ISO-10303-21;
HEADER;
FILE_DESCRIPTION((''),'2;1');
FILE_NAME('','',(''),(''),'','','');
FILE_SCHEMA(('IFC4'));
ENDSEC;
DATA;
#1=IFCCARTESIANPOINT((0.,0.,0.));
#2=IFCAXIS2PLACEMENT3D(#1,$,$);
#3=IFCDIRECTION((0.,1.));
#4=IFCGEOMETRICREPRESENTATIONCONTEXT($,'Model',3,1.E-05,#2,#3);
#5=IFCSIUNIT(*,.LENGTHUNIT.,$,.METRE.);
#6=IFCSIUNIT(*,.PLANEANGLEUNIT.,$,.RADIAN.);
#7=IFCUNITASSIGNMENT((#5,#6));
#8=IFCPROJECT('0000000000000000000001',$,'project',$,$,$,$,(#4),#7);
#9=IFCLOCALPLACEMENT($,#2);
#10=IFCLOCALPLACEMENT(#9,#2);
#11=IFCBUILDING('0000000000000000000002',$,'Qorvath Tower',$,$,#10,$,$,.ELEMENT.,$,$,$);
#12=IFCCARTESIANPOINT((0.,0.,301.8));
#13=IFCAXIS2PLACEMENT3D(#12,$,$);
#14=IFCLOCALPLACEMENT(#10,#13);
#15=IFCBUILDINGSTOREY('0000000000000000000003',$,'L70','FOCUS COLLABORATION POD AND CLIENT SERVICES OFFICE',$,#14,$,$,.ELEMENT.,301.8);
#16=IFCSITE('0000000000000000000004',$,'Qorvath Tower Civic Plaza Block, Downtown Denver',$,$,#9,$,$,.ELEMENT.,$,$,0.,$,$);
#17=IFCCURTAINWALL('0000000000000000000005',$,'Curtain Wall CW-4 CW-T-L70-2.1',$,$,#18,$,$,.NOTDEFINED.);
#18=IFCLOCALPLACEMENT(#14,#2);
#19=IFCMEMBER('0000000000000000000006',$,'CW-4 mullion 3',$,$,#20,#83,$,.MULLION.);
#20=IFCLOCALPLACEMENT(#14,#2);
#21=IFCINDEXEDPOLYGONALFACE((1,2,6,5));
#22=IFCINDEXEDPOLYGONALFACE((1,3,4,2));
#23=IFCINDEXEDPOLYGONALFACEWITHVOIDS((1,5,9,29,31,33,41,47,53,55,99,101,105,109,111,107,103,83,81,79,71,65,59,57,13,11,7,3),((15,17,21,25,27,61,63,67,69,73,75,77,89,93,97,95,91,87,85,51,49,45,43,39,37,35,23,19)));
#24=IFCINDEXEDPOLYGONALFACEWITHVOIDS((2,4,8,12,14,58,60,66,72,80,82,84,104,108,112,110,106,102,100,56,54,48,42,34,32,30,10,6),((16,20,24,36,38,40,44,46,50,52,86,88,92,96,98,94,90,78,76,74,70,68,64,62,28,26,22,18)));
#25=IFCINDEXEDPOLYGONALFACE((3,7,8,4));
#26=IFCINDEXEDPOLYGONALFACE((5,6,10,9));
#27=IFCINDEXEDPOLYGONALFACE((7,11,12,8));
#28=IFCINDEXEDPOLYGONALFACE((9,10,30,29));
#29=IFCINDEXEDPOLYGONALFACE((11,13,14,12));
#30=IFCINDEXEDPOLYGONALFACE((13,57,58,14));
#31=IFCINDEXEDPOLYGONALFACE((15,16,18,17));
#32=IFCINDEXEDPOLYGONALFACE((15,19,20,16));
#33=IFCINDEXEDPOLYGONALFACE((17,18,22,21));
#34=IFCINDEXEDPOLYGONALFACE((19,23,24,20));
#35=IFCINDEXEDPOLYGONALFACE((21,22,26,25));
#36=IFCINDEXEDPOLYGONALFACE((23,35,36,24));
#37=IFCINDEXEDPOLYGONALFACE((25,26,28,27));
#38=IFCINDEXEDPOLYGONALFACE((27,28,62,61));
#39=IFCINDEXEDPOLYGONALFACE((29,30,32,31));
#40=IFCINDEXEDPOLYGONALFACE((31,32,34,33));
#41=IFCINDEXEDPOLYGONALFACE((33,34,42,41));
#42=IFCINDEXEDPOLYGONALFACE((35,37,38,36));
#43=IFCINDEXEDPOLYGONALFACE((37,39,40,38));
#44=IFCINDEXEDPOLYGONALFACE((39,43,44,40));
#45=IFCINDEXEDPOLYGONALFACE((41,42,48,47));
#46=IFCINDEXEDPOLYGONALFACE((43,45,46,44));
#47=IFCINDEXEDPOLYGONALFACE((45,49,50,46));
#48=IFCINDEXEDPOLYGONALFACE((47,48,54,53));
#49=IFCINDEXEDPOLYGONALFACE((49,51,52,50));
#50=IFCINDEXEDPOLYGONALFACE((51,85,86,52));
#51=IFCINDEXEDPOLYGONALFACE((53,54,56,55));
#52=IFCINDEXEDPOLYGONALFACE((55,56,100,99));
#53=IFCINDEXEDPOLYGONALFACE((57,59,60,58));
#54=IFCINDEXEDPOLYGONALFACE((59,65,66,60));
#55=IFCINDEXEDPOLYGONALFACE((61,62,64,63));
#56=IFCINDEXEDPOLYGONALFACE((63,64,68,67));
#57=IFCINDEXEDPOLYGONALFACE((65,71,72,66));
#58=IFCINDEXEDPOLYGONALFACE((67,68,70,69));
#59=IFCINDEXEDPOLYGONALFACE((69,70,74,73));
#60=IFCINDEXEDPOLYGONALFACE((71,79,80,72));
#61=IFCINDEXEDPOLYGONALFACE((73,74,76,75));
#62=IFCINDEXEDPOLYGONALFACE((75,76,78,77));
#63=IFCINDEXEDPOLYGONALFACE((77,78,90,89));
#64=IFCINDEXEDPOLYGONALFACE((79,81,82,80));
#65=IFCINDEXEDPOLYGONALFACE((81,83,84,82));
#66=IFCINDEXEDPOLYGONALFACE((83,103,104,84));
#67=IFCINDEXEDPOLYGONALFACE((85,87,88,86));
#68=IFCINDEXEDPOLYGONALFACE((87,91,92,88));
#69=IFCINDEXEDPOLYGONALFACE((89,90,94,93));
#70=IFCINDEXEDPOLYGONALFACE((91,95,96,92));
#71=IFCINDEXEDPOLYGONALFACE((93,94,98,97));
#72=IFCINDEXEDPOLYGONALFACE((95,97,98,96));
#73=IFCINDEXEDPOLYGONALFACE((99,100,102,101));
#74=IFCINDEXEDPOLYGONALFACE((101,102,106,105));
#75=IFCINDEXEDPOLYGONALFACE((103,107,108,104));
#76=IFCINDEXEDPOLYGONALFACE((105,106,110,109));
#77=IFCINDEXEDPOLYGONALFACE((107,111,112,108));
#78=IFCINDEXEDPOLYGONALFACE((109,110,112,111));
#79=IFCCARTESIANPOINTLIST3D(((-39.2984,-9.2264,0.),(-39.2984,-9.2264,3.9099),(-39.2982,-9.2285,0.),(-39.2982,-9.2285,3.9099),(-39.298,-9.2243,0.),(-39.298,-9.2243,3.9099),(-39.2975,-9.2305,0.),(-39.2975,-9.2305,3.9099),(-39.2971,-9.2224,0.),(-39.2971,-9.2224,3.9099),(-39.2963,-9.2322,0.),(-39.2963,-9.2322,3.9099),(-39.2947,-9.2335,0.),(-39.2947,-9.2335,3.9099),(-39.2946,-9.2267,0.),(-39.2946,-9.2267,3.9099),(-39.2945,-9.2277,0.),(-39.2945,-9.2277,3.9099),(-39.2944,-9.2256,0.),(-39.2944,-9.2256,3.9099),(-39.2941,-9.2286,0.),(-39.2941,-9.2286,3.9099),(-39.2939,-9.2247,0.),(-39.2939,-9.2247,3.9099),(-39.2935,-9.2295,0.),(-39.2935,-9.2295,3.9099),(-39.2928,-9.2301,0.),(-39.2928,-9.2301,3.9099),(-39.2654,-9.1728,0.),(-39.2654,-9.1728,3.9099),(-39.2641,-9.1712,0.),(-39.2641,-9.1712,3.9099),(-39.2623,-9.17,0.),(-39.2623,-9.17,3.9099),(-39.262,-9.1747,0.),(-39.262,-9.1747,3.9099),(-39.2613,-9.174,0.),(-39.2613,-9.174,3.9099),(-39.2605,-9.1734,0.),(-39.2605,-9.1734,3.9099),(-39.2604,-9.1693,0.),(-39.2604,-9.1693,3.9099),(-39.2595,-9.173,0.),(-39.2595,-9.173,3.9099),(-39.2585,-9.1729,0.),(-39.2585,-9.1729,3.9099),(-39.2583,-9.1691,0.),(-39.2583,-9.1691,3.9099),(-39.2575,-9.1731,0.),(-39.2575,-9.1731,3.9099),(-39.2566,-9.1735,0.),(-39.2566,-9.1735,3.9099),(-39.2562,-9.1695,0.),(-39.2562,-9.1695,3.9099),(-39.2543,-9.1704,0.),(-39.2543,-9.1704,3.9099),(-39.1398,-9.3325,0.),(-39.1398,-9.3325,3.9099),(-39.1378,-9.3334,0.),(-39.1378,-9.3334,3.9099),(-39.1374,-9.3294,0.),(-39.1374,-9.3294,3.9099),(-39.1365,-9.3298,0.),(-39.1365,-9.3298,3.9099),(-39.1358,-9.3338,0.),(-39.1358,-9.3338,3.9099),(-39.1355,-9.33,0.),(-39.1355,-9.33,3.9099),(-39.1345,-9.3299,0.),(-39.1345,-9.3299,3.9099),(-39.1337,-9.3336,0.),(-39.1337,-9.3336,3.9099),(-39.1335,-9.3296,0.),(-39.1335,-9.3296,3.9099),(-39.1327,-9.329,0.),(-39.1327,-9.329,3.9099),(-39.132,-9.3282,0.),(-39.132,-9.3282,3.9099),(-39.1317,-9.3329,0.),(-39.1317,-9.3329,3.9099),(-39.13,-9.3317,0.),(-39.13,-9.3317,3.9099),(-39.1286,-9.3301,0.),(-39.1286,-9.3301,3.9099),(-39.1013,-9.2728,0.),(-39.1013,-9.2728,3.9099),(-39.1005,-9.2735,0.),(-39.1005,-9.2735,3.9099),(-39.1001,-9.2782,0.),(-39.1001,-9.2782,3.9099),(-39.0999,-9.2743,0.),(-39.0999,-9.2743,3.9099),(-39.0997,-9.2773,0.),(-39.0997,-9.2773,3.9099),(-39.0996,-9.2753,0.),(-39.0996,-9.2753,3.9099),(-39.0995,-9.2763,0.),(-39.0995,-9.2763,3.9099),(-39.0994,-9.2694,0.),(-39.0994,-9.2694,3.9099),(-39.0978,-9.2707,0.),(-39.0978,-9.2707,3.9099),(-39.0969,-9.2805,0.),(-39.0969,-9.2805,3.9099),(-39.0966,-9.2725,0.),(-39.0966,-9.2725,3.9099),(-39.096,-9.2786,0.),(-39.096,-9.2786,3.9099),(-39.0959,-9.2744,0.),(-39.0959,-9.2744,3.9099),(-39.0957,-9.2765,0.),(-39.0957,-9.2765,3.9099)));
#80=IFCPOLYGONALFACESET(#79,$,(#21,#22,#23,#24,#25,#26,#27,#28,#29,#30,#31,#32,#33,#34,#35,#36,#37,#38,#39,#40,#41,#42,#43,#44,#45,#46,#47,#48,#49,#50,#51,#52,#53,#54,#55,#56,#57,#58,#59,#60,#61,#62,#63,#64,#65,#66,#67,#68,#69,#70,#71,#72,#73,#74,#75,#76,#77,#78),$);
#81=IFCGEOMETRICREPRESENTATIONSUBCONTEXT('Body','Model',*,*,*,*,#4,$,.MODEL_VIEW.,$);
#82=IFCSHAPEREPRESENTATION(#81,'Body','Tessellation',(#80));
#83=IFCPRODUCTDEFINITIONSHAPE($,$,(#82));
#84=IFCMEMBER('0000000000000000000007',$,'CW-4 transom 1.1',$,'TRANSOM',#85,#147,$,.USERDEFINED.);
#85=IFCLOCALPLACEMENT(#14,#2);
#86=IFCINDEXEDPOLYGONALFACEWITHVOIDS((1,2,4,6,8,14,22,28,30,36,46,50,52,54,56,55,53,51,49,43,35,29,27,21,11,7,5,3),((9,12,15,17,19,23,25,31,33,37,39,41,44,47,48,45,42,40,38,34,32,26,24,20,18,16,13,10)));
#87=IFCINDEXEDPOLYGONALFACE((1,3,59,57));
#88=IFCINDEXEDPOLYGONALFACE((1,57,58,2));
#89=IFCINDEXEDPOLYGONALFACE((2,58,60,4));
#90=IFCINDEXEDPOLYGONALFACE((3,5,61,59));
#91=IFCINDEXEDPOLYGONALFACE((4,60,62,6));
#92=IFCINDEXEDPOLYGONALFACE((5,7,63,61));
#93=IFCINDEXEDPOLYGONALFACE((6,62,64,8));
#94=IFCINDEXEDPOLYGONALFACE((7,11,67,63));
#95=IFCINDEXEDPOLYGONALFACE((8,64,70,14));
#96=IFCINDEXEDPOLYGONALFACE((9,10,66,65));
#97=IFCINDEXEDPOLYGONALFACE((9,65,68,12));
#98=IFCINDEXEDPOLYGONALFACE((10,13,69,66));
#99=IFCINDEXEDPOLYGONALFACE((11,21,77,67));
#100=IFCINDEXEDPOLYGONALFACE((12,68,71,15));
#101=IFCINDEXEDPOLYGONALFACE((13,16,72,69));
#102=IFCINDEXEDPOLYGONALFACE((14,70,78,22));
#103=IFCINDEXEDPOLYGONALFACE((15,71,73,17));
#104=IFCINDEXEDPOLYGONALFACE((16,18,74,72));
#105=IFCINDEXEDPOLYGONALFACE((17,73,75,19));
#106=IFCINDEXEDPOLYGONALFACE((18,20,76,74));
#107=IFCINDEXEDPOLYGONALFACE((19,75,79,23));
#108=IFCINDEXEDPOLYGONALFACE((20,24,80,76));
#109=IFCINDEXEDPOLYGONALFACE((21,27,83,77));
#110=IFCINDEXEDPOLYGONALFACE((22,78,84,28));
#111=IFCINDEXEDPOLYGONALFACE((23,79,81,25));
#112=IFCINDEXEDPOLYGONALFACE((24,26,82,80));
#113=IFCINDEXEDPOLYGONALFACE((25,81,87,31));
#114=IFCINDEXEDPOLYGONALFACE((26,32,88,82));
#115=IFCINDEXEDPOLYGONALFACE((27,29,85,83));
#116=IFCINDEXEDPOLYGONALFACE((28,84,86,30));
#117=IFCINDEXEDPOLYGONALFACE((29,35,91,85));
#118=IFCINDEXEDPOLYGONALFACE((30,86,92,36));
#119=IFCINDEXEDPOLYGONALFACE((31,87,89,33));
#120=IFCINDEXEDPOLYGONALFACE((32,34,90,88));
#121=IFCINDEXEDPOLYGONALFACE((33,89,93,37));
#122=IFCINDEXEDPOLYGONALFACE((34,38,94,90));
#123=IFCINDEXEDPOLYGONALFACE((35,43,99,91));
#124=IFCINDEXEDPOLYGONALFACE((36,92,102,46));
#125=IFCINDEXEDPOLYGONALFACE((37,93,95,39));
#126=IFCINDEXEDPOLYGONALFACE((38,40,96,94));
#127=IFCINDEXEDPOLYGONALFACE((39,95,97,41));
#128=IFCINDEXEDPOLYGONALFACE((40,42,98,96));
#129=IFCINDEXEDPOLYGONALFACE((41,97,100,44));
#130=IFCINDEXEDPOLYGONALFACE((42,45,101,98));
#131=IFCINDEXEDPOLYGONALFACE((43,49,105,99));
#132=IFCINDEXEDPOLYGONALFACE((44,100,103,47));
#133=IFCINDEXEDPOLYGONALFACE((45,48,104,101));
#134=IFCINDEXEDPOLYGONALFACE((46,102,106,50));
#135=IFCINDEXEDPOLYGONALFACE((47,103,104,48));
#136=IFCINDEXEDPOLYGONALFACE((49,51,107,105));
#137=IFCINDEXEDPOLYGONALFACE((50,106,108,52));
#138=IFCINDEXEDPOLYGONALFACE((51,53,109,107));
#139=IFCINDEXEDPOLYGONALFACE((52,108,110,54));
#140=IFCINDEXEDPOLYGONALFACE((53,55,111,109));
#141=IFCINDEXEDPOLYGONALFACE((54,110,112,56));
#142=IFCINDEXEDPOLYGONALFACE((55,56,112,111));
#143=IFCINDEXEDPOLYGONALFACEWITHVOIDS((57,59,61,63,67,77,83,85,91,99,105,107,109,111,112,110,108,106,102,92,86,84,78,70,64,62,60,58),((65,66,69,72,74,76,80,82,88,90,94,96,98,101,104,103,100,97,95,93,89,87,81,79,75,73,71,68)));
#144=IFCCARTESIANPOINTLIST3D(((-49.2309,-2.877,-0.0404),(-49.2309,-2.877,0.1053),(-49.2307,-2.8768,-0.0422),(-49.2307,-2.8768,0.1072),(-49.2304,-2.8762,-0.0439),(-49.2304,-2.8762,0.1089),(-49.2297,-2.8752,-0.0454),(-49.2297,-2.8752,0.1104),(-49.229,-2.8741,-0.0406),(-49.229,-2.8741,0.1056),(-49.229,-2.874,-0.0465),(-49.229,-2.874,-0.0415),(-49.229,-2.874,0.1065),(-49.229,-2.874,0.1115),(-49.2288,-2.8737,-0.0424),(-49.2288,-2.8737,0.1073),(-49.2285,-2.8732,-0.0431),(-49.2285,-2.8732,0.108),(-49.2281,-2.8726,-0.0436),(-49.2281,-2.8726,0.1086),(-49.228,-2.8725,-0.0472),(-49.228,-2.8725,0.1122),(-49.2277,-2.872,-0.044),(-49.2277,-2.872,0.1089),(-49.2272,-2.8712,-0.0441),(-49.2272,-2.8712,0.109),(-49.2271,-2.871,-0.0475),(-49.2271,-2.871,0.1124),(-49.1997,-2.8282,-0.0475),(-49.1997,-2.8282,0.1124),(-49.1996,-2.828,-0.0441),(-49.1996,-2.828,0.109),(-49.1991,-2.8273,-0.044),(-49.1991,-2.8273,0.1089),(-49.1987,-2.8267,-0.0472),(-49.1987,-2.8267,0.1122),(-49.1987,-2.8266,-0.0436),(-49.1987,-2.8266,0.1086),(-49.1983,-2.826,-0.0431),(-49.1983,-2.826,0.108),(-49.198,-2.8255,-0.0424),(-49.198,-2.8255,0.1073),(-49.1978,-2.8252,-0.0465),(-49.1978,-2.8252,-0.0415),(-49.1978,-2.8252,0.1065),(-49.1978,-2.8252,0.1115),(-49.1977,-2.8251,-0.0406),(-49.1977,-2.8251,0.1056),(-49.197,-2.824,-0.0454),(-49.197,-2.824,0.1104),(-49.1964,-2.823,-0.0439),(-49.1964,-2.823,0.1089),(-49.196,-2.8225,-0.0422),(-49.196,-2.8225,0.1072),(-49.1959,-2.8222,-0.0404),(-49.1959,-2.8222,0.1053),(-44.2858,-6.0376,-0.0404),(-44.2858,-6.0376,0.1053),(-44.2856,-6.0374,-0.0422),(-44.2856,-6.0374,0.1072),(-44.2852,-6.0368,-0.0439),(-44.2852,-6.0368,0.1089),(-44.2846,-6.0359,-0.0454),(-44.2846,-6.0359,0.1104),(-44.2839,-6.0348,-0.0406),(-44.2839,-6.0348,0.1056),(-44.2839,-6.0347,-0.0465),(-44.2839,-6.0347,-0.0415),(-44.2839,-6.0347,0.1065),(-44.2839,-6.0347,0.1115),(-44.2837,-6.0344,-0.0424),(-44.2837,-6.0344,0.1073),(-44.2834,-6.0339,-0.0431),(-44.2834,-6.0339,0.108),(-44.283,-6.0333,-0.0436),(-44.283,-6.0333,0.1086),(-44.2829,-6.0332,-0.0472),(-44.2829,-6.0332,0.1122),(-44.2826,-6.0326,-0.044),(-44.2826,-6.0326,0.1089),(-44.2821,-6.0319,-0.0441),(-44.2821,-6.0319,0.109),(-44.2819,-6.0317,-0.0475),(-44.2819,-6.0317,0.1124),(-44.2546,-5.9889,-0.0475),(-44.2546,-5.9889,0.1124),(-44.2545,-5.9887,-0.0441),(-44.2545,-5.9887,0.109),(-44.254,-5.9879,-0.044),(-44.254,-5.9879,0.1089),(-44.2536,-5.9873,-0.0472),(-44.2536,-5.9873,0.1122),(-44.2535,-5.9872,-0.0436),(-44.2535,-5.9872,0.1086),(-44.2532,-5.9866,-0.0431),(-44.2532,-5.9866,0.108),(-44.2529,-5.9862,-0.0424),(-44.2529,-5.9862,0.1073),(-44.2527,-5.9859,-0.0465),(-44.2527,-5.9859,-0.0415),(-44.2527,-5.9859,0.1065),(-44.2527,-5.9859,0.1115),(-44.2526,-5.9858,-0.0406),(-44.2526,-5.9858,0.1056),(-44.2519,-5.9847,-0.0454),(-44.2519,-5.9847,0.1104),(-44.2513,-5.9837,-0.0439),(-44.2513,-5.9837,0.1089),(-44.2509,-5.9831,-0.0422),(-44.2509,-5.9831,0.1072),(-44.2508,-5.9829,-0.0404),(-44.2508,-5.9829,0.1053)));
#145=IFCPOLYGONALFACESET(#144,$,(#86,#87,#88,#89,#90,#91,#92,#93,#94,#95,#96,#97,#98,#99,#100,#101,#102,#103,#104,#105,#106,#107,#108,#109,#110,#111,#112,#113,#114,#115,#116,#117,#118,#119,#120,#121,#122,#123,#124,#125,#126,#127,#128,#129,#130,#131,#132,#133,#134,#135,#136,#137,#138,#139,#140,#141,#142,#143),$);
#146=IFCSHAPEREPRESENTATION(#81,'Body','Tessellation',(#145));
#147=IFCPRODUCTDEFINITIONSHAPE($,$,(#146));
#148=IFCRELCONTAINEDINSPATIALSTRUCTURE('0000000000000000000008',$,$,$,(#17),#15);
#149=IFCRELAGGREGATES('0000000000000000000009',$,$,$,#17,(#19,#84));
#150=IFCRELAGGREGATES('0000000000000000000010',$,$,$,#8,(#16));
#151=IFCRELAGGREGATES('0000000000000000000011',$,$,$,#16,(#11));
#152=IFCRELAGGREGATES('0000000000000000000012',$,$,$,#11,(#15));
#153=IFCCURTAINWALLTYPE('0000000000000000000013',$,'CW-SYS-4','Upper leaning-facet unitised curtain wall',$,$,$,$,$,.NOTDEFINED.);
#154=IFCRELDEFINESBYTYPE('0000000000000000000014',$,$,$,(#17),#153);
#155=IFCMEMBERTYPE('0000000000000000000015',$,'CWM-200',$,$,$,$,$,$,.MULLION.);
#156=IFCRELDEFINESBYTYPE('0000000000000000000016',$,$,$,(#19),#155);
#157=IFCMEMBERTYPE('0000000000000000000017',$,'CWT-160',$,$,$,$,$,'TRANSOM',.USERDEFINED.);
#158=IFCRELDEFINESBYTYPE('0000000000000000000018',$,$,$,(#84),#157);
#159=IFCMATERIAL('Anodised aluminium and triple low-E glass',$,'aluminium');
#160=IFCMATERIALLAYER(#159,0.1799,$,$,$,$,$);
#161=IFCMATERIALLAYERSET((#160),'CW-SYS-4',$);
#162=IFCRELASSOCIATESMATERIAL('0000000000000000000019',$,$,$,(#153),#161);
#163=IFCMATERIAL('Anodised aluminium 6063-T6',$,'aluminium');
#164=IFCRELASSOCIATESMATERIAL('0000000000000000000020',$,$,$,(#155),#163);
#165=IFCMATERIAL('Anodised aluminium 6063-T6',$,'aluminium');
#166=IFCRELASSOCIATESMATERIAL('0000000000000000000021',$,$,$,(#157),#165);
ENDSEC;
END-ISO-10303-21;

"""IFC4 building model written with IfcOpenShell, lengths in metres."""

from ifc_helpers import new_model, si_unit, direction, frame, origin, origin_2d, place, context, subcontext, project, spatial, hollow_rectangle, extrude, material, layer, layer_set, material_profile, profile_set, type_object, element, aggregate, save


model = new_model("IFC4")

# Units and contexts
model_context = context("Model", 3, precision=1e-05, world=origin(), true_north=direction((0.0, 1.0)))
body_context = subcontext(model_context, "Body", "Model", "MODEL_VIEW")
ifc_project = project(units=[si_unit("LENGTHUNIT", "METRE"), si_unit("PLANEANGLEUNIT", "RADIAN")], contexts=[model_context])

# Site, building, storey
site_placement = place(None, origin())
site = spatial("IfcSite", under=ifc_project, at=site_placement, Name="Qorvath Tower Civic Plaza Block, Downtown Denver", CompositionType="ELEMENT", RefElevation=0.0)
building_placement = place(site_placement, origin())
building = spatial("IfcBuilding", under=site, at=building_placement, Name="Qorvath Tower", CompositionType="ELEMENT")
storey_placement = place(building_placement, frame((0.0, 0.0, 301.8)))
storey = spatial("IfcBuildingStorey", under=building, at=storey_placement, Name="L70", Description="FOCUS COLLABORATION POD AND CLIENT SERVICES OFFICE", CompositionType="ELEMENT", Elevation=301.8)

# Curtain wall, members
ifc_material_1 = material(Name="Anodised aluminium and triple low-E glass", Category="aluminium")
ifc_layer_1 = layer(ifc_material_1, 0.1799)
ifc_layer_set_1 = layer_set([ifc_layer_1], Name="CW-SYS-4")
curtain_wall_type = type_object("IfcCurtainWallType", Name="CW-SYS-4", Description="Upper leaning-facet unitised curtain wall", PredefinedType="NOTDEFINED", material=ifc_layer_set_1)
curtain_wall_placement = place(storey_placement, origin())
curtain_wall = element("IfcCurtainWall", 1, at=curtain_wall_placement, inside=storey, type_object=curtain_wall_type, Name="Curtain Wall CW-4 CW-T-L70-2.1", PredefinedType="NOTDEFINED")
ifc_material_2 = material(Name="Anodised aluminium 6063-T6", Category="aluminium")
ifc_material_profile_1 = material_profile(ifc_material_2, hollow_rectangle(XDim=0.075, YDim=0.2, WallThickness=0.0039, InnerFilletRadius=0.0039, OuterFilletRadius=0.0081, at=origin_2d()), Name="CWM 200x75")
ifc_profile_set_1 = profile_set([ifc_material_profile_1], Name="Anodised aluminium 6063-T6")
member_type_1 = type_object("IfcMemberType", Name="CWM-200", PredefinedType="MULLION", material=ifc_profile_set_1)
member_1_placement = place(storey_placement, frame((-39.197, -9.2515, 0.0), z_axis=(0.0, 0.0, 1.0), x_axis=(0.538527, 0.842608, 0.0)))
member_1 = element("IfcMember", 2, at=member_1_placement, type_object=member_type_1, Name="CW-4 mullion 3", PredefinedType="MULLION", context=body_context, shape_type="SweptSolid", body=[
    extrude(hollow_rectangle(XDim=0.075, YDim=0.2, WallThickness=0.0039, InnerFilletRadius=0.0039, OuterFilletRadius=0.0081, at=origin_2d()), origin(), (0.0, 0.0, 1.0), 3.9099),
])
ifc_material_3 = material(Name="Anodised aluminium 6063-T6", Category="aluminium")
ifc_material_profile_2 = material_profile(ifc_material_3, hollow_rectangle(XDim=0.0649, YDim=0.1599, WallThickness=0.0034, InnerFilletRadius=0.0034, OuterFilletRadius=0.0071, at=origin_2d()), Name="CWT 160x65")
ifc_profile_set_2 = profile_set([ifc_material_profile_2], Name="Anodised aluminium 6063-T6")
member_type_2 = type_object("IfcMemberType", Name="CWT-160", ElementType="TRANSOM", PredefinedType="USERDEFINED", material=ifc_profile_set_2)
member_2_placement = place(storey_placement, frame((-49.2134, -2.8496, 0.0325), z_axis=(0.842596, -0.538546, 0.0), x_axis=(0.538546, 0.842596, 0.0)))
member_2 = element("IfcMember", 3, at=member_2_placement, type_object=member_type_2, Name="CW-4 transom 1.1", ObjectType="TRANSOM", PredefinedType="USERDEFINED", context=body_context, shape_type="SweptSolid", body=[
    extrude(hollow_rectangle(XDim=0.0649, YDim=0.1599, WallThickness=0.0034, InnerFilletRadius=0.0034, OuterFilletRadius=0.0071, at=origin_2d()), origin(), (0.0, 0.0, 1.0), 5.8689),
])

aggregate(curtain_wall, [member_1, member_2])

save(model, "model.ifc")
